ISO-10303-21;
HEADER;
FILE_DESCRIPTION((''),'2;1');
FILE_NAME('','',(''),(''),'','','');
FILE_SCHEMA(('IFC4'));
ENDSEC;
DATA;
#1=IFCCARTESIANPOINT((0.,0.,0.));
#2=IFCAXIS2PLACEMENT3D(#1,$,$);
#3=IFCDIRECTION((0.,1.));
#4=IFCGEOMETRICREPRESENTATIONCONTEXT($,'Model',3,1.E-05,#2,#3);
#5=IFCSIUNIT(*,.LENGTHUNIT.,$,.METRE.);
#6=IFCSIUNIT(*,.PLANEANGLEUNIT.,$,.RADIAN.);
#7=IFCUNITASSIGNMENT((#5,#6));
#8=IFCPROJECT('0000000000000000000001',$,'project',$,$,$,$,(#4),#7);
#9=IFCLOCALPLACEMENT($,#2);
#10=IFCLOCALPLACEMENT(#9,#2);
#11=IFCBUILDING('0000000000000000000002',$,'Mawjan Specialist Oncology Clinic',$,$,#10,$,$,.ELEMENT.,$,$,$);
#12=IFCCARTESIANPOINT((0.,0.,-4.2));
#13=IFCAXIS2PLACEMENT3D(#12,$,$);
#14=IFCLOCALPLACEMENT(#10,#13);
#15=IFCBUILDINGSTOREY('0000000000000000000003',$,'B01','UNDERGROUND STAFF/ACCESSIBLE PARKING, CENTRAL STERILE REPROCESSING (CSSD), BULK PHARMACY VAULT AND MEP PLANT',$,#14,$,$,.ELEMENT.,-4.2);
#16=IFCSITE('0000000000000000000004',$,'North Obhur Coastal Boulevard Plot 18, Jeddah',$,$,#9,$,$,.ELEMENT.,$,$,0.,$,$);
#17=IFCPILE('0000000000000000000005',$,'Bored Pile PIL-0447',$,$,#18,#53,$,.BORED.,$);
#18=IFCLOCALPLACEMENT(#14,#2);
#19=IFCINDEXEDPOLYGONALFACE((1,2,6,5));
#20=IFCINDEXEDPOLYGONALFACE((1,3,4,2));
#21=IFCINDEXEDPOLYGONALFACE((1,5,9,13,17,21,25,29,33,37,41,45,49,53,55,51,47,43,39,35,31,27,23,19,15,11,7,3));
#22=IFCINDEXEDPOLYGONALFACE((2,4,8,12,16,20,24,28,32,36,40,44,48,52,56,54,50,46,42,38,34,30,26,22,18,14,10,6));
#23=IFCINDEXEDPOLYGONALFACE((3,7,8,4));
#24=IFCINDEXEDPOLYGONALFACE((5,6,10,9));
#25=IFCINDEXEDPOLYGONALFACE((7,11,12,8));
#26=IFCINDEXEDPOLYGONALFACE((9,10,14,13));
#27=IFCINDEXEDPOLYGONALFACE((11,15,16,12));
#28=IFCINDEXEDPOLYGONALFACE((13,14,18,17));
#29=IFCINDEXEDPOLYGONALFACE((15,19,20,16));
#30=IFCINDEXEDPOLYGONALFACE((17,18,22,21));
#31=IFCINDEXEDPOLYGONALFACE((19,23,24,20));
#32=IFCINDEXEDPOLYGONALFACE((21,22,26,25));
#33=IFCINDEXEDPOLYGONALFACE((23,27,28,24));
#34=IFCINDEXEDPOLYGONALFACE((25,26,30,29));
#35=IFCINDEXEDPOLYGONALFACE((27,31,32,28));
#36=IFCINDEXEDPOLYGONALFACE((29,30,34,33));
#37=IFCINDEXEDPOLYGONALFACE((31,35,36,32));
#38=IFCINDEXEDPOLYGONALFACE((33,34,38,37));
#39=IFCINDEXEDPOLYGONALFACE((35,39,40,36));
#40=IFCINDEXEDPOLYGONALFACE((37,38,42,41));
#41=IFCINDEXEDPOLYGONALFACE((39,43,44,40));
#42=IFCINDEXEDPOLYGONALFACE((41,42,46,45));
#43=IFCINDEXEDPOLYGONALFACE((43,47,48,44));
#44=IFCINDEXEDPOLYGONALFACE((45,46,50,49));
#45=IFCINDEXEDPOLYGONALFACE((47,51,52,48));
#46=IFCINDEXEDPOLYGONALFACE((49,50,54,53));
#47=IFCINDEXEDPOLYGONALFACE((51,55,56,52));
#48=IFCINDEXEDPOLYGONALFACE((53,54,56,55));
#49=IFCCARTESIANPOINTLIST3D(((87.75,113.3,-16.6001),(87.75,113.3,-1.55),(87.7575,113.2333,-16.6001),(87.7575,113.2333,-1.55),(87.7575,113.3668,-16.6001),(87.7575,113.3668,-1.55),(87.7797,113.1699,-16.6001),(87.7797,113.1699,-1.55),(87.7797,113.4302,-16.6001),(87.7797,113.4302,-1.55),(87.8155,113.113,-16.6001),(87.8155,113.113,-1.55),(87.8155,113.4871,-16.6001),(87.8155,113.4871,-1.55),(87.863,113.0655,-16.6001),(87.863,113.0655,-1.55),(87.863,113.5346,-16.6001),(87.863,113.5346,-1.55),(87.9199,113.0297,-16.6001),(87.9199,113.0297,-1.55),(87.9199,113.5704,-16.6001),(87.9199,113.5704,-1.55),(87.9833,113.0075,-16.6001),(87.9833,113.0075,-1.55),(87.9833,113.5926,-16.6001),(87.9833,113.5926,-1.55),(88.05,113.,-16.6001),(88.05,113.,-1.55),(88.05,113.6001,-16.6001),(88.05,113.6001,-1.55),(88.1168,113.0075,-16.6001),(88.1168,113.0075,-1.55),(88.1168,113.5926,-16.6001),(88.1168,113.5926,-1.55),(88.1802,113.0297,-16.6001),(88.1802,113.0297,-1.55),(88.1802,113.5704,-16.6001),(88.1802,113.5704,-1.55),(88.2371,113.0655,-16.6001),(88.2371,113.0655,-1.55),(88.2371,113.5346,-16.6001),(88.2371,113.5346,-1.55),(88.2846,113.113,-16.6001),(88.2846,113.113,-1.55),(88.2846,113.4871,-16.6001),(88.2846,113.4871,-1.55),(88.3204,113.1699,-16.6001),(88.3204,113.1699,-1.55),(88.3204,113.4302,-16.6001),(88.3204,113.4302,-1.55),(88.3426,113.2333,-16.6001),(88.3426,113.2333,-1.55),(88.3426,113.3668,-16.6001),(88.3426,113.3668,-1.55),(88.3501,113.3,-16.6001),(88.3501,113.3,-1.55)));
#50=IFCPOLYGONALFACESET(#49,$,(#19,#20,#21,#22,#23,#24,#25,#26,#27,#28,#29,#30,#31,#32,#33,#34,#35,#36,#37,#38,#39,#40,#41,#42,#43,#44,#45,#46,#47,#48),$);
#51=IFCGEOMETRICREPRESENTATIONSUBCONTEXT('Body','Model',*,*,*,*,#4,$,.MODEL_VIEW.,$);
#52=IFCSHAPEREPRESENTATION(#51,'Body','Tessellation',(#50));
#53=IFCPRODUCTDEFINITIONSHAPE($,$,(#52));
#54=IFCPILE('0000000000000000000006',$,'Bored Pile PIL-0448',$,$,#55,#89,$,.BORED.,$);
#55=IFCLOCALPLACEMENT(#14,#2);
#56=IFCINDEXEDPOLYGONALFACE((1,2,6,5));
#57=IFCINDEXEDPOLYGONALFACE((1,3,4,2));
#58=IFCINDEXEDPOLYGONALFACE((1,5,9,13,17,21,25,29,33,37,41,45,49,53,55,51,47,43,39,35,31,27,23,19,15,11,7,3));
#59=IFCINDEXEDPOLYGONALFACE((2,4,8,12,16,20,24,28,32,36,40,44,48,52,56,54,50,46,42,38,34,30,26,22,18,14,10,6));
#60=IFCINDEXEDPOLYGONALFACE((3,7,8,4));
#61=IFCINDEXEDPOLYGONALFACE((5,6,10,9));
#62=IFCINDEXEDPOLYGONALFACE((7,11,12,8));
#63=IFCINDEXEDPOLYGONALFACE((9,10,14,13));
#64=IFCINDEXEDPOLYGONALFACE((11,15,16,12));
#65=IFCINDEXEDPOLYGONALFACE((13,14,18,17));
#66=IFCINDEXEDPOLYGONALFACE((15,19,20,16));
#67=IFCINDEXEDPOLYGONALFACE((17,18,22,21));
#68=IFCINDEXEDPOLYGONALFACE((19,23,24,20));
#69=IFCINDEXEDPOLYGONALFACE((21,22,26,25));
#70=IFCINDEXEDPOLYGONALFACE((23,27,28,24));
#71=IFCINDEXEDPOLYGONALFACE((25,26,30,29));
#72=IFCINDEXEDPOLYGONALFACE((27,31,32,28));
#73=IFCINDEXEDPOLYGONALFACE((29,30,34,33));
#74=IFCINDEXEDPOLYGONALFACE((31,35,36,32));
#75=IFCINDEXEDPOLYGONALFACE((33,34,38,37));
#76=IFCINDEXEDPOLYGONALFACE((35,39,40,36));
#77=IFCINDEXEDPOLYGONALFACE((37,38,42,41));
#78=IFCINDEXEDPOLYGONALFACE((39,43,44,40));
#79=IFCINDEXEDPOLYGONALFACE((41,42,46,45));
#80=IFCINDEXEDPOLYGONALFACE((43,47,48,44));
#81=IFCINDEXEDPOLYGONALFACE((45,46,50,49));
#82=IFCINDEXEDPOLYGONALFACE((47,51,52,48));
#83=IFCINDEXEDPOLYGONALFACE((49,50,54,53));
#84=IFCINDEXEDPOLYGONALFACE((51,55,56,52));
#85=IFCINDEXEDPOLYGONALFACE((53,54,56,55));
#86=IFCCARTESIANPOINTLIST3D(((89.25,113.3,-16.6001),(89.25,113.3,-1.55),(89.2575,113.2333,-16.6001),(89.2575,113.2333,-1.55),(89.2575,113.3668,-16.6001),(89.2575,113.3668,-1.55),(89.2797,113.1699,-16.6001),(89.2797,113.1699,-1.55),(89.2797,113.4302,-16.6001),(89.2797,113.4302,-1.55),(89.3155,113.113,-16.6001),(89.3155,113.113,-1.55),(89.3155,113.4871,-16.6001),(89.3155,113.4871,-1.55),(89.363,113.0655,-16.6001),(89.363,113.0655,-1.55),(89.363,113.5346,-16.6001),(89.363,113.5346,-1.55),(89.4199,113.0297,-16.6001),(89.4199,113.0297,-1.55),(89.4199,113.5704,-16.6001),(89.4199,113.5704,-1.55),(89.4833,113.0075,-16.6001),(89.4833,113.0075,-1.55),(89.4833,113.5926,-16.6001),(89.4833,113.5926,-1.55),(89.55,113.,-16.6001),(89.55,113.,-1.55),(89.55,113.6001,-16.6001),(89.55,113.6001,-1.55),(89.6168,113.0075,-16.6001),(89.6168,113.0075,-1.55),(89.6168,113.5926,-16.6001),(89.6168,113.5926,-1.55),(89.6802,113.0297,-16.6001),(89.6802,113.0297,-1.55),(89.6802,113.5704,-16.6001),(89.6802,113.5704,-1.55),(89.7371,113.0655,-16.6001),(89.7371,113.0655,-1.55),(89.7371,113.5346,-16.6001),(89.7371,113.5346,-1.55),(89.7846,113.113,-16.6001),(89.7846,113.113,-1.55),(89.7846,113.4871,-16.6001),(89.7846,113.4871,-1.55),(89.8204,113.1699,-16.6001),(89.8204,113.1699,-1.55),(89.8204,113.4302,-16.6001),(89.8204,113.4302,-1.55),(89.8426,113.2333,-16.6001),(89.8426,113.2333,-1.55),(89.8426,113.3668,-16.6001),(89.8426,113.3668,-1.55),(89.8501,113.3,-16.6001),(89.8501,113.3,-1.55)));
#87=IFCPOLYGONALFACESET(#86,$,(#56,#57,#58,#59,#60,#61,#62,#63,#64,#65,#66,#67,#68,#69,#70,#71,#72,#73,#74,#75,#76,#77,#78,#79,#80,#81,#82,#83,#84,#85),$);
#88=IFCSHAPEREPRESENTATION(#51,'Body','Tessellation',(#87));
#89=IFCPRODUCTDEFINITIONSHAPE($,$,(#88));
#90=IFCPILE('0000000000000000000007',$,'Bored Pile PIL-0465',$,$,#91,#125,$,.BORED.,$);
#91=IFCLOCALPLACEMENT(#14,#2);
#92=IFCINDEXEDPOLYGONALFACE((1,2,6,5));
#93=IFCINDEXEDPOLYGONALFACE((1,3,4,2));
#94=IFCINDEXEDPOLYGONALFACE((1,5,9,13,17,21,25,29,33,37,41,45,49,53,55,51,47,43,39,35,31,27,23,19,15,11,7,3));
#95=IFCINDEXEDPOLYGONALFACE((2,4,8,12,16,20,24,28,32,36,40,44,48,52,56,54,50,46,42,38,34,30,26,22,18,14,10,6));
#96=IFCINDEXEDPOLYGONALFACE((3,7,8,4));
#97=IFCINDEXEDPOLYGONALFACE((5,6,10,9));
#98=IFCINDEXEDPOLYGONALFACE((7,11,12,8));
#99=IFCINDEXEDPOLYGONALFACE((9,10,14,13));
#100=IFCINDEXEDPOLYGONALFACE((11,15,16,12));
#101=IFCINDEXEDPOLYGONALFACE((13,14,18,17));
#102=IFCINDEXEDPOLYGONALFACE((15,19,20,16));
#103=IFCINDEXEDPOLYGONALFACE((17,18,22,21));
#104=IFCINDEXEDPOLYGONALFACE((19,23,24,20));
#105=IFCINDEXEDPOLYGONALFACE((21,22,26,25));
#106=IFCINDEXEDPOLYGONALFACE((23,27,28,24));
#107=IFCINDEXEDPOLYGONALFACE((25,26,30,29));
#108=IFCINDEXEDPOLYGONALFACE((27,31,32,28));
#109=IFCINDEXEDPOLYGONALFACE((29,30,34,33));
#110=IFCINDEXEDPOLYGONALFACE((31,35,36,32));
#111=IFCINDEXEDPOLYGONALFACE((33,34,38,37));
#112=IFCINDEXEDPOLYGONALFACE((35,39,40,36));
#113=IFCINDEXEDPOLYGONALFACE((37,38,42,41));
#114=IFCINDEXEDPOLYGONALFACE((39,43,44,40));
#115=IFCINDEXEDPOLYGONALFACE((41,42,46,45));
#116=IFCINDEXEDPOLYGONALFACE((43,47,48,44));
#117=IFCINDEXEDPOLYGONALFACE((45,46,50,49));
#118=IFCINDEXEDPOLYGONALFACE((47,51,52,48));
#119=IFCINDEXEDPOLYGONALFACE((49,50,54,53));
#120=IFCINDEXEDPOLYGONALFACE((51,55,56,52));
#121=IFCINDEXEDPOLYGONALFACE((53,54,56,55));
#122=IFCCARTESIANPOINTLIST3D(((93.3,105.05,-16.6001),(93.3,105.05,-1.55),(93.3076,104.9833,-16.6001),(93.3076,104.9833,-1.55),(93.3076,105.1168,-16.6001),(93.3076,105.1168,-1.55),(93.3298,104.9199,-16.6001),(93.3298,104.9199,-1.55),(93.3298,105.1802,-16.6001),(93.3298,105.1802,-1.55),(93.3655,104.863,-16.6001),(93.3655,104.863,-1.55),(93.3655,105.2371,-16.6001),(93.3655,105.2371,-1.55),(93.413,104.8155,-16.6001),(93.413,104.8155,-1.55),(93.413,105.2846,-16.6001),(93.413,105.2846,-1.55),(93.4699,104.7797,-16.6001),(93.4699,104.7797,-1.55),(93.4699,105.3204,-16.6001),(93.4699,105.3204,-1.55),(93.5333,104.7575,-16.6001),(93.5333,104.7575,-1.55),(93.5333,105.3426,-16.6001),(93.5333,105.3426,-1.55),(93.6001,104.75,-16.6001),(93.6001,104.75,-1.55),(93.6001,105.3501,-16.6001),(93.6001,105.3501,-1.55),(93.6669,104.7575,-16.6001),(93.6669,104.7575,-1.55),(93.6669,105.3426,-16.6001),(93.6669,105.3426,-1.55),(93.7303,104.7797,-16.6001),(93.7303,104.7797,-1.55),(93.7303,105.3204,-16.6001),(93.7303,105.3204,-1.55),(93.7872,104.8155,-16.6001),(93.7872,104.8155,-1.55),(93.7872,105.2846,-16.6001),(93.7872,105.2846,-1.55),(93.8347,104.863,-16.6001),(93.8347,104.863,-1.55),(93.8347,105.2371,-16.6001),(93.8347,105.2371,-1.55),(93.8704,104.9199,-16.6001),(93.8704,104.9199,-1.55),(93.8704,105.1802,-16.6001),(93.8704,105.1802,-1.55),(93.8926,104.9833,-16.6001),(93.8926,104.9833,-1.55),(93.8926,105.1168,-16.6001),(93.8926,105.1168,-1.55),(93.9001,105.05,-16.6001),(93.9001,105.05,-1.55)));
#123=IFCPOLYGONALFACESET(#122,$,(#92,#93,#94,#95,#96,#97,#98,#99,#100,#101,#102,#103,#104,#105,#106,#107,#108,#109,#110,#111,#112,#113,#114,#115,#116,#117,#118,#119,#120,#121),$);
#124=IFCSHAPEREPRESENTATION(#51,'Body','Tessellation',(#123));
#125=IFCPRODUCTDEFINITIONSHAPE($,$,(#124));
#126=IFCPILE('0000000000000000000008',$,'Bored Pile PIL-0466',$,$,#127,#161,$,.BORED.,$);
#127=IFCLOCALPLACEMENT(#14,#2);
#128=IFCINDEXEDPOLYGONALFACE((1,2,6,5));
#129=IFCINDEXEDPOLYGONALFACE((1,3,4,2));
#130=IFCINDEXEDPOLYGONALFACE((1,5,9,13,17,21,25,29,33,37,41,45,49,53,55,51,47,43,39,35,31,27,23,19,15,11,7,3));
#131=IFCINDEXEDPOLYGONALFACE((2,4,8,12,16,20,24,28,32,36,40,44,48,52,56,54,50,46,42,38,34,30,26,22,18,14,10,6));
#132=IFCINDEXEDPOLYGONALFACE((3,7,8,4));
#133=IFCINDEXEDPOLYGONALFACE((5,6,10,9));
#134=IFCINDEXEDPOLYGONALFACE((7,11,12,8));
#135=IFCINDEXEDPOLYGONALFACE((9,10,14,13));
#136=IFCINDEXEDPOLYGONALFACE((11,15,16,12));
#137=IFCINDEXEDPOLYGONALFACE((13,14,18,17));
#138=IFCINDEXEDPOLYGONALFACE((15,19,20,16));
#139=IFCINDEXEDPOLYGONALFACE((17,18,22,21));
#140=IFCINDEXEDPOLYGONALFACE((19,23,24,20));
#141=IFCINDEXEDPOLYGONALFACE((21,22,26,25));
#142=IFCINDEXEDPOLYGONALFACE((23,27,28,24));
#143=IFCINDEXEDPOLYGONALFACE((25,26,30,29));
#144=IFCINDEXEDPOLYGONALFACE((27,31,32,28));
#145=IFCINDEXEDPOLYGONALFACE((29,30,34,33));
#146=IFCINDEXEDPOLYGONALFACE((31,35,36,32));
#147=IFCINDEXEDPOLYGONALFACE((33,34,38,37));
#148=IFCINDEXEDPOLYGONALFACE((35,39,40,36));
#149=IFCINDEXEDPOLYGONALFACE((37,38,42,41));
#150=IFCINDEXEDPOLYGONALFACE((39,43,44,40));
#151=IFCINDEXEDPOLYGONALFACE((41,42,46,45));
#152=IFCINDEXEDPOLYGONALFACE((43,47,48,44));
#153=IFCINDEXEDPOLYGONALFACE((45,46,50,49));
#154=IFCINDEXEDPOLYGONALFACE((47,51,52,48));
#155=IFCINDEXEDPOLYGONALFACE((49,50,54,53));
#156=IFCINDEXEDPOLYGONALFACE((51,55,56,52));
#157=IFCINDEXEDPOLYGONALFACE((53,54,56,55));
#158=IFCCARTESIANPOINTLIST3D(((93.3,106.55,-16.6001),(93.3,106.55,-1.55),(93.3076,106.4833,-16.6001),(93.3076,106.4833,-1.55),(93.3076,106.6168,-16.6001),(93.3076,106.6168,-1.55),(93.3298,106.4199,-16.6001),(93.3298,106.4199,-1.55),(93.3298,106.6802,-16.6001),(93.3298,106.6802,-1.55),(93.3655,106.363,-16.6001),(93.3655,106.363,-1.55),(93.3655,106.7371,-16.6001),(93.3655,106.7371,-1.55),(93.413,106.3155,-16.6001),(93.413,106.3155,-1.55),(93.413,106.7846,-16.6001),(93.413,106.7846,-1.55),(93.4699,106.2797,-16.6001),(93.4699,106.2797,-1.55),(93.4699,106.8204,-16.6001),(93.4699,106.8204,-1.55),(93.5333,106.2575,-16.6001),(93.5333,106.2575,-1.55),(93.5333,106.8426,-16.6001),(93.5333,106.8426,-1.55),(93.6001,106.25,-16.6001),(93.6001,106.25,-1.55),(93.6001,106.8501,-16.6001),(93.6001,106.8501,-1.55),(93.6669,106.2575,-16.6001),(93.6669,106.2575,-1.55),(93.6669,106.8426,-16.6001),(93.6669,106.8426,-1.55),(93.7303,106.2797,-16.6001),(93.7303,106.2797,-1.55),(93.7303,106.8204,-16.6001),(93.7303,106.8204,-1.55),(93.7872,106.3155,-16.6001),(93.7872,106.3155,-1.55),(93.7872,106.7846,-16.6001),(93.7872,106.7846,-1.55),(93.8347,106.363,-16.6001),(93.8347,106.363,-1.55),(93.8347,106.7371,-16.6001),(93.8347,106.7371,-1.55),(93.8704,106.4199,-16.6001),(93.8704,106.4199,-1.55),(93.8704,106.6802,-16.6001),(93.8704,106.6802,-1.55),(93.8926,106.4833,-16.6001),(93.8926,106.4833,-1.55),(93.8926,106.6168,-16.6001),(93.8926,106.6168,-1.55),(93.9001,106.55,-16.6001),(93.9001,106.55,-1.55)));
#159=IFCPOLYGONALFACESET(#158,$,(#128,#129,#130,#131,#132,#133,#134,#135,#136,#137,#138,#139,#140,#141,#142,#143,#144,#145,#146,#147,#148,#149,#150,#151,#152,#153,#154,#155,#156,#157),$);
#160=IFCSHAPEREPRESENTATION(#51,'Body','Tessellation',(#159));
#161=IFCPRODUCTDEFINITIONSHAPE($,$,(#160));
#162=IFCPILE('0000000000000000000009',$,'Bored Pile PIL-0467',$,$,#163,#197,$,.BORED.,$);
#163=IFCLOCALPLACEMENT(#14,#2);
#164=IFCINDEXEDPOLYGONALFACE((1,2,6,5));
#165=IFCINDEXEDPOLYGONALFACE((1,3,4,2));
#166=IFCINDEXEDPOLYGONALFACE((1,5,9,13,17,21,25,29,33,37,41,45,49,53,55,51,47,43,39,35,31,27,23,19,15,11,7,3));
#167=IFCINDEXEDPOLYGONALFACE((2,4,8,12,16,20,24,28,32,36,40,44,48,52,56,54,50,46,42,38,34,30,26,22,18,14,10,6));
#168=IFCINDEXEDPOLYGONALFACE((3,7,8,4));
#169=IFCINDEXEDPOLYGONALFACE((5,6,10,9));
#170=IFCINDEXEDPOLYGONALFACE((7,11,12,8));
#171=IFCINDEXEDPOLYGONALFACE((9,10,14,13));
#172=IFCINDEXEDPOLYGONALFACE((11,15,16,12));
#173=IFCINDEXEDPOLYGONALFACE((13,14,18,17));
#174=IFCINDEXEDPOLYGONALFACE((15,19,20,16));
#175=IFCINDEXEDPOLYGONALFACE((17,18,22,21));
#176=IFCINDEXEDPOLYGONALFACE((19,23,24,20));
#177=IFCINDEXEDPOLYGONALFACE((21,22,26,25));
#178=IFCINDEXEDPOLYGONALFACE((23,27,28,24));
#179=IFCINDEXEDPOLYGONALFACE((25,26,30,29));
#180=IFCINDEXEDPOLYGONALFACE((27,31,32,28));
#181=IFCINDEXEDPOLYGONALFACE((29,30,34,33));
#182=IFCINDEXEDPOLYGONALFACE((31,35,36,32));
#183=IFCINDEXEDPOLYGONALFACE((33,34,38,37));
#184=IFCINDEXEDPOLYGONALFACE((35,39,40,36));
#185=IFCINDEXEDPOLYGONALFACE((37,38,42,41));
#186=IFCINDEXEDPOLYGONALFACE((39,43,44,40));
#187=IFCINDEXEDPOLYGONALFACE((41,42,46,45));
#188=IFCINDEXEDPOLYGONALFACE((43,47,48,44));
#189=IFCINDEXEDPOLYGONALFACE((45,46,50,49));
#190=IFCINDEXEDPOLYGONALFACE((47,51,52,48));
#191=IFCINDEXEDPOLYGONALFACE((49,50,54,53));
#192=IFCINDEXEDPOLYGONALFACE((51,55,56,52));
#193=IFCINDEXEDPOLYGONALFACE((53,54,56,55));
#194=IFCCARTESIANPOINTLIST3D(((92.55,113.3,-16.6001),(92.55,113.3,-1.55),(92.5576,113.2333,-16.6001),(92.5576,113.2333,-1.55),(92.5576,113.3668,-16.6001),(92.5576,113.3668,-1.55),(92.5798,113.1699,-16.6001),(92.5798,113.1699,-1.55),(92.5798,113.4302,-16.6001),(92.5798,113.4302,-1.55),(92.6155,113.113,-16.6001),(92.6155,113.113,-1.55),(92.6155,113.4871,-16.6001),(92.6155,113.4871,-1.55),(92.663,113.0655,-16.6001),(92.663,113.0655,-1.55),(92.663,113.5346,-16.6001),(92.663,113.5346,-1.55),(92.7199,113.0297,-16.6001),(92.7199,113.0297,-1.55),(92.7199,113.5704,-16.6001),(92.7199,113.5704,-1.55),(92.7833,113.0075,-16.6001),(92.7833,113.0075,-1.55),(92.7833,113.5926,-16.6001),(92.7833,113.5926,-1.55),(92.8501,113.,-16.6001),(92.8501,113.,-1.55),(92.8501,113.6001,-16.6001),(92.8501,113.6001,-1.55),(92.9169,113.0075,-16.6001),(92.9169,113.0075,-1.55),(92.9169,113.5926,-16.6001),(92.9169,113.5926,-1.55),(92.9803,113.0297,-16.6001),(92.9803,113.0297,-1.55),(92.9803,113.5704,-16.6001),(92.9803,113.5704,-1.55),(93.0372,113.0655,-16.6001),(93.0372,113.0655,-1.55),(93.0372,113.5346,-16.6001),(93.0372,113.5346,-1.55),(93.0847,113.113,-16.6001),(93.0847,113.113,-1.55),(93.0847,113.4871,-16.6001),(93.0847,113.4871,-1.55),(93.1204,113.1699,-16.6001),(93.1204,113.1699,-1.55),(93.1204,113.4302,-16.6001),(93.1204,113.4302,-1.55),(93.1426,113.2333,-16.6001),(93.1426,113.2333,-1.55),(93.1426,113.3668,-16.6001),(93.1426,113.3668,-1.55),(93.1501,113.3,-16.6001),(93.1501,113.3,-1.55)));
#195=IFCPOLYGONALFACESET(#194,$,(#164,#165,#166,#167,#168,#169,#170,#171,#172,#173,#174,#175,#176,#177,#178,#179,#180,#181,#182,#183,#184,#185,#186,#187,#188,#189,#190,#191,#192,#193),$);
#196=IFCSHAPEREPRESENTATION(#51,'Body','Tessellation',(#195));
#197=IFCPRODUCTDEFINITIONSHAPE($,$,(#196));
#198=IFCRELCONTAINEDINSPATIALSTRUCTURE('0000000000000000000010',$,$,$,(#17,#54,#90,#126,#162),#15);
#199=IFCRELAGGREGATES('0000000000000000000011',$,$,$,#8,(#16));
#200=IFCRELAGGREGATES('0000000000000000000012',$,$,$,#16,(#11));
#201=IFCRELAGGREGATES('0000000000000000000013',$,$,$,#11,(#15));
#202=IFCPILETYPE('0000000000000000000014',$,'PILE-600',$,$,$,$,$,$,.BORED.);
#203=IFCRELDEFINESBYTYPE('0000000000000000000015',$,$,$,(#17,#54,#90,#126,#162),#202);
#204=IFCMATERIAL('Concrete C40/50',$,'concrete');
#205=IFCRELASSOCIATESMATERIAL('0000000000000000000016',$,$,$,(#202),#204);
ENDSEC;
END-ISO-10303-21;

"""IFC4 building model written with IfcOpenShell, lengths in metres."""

from ifc_helpers import new_model, si_unit, direction, frame, origin, origin_2d, place, context, subcontext, project, spatial, circle, extrude, material, material_profile, profile_set, type_object, element, save


model = new_model("IFC4")

# Units and contexts
model_context = context("Model", 3, precision=1e-05, world=origin(), true_north=direction((0.0, 1.0)))
body_context = subcontext(model_context, "Body", "Model", "MODEL_VIEW")
ifc_project = project(units=[si_unit("LENGTHUNIT", "METRE"), si_unit("PLANEANGLEUNIT", "RADIAN")], contexts=[model_context])

# Site, building, storey
site_placement = place(None, origin())
site = spatial("IfcSite", under=ifc_project, at=site_placement, Name="North Obhur Coastal Boulevard Plot 18, Jeddah", CompositionType="ELEMENT", RefElevation=0.0)
building_placement = place(site_placement, origin())
building = spatial("IfcBuilding", under=site, at=building_placement, Name="Mawjan Specialist Oncology Clinic", CompositionType="ELEMENT")
storey_placement = place(building_placement, frame((0.0, 0.0, -4.2)))
storey = spatial("IfcBuildingStorey", under=building, at=storey_placement, Name="B01", Description="UNDERGROUND STAFF/ACCESSIBLE PARKING, CENTRAL STERILE REPROCESSING (CSSD), BULK PHARMACY VAULT AND MEP PLANT", CompositionType="ELEMENT", Elevation=-4.2)

# Piles
ifc_material_1 = material(Name="Concrete C40/50", Category="concrete")
ifc_material_profile_1 = material_profile(ifc_material_1, circle(Radius=0.3, at=origin_2d()), Name="BORED PILE D600", Category="concrete")
ifc_profile_set_1 = profile_set([ifc_material_profile_1], Name="Concrete C40/50")
pile_type = type_object("IfcPileType", Name="PILE-600", PredefinedType="BORED", material=ifc_profile_set_1)
for number, where, z_axis, x_axis, name in (
    (1, (88.05, 113.3, -1.55), (0.0, 0.0, -1.0), (1.0, 0.0, 0.0), "Bored Pile PIL-0447"),
    (2, (89.55, 113.3, -1.55), (0.0, 0.0, -1.0), (1.0, 0.0, 0.0), "Bored Pile PIL-0448"),
    (3, (93.6001, 105.05, -1.55), (0.0, 0.0, -1.0), (1.0, 0.0, 0.0), "Bored Pile PIL-0465"),
    (4, (93.6001, 106.55, -1.55), (0.0, 0.0, -1.0), (1.0, 0.0, 0.0), "Bored Pile PIL-0466"),
    (5, (92.8501, 113.3, -1.55), (0.0, 0.0, -1.0), (1.0, 0.0, 0.0), "Bored Pile PIL-0467"),
):
    element("IfcPile", number, at=place(storey_placement, frame(where, z_axis=z_axis, x_axis=x_axis)), inside=storey, type_object=pile_type, Name=name, PredefinedType="BORED", context=body_context, shape_type="SweptSolid", body=[
        extrude(circle(Radius=0.3, at=origin_2d()), origin(), (0.0, 0.0, 1.0), 15.05),
    ])

save(model, "model.ifc")
